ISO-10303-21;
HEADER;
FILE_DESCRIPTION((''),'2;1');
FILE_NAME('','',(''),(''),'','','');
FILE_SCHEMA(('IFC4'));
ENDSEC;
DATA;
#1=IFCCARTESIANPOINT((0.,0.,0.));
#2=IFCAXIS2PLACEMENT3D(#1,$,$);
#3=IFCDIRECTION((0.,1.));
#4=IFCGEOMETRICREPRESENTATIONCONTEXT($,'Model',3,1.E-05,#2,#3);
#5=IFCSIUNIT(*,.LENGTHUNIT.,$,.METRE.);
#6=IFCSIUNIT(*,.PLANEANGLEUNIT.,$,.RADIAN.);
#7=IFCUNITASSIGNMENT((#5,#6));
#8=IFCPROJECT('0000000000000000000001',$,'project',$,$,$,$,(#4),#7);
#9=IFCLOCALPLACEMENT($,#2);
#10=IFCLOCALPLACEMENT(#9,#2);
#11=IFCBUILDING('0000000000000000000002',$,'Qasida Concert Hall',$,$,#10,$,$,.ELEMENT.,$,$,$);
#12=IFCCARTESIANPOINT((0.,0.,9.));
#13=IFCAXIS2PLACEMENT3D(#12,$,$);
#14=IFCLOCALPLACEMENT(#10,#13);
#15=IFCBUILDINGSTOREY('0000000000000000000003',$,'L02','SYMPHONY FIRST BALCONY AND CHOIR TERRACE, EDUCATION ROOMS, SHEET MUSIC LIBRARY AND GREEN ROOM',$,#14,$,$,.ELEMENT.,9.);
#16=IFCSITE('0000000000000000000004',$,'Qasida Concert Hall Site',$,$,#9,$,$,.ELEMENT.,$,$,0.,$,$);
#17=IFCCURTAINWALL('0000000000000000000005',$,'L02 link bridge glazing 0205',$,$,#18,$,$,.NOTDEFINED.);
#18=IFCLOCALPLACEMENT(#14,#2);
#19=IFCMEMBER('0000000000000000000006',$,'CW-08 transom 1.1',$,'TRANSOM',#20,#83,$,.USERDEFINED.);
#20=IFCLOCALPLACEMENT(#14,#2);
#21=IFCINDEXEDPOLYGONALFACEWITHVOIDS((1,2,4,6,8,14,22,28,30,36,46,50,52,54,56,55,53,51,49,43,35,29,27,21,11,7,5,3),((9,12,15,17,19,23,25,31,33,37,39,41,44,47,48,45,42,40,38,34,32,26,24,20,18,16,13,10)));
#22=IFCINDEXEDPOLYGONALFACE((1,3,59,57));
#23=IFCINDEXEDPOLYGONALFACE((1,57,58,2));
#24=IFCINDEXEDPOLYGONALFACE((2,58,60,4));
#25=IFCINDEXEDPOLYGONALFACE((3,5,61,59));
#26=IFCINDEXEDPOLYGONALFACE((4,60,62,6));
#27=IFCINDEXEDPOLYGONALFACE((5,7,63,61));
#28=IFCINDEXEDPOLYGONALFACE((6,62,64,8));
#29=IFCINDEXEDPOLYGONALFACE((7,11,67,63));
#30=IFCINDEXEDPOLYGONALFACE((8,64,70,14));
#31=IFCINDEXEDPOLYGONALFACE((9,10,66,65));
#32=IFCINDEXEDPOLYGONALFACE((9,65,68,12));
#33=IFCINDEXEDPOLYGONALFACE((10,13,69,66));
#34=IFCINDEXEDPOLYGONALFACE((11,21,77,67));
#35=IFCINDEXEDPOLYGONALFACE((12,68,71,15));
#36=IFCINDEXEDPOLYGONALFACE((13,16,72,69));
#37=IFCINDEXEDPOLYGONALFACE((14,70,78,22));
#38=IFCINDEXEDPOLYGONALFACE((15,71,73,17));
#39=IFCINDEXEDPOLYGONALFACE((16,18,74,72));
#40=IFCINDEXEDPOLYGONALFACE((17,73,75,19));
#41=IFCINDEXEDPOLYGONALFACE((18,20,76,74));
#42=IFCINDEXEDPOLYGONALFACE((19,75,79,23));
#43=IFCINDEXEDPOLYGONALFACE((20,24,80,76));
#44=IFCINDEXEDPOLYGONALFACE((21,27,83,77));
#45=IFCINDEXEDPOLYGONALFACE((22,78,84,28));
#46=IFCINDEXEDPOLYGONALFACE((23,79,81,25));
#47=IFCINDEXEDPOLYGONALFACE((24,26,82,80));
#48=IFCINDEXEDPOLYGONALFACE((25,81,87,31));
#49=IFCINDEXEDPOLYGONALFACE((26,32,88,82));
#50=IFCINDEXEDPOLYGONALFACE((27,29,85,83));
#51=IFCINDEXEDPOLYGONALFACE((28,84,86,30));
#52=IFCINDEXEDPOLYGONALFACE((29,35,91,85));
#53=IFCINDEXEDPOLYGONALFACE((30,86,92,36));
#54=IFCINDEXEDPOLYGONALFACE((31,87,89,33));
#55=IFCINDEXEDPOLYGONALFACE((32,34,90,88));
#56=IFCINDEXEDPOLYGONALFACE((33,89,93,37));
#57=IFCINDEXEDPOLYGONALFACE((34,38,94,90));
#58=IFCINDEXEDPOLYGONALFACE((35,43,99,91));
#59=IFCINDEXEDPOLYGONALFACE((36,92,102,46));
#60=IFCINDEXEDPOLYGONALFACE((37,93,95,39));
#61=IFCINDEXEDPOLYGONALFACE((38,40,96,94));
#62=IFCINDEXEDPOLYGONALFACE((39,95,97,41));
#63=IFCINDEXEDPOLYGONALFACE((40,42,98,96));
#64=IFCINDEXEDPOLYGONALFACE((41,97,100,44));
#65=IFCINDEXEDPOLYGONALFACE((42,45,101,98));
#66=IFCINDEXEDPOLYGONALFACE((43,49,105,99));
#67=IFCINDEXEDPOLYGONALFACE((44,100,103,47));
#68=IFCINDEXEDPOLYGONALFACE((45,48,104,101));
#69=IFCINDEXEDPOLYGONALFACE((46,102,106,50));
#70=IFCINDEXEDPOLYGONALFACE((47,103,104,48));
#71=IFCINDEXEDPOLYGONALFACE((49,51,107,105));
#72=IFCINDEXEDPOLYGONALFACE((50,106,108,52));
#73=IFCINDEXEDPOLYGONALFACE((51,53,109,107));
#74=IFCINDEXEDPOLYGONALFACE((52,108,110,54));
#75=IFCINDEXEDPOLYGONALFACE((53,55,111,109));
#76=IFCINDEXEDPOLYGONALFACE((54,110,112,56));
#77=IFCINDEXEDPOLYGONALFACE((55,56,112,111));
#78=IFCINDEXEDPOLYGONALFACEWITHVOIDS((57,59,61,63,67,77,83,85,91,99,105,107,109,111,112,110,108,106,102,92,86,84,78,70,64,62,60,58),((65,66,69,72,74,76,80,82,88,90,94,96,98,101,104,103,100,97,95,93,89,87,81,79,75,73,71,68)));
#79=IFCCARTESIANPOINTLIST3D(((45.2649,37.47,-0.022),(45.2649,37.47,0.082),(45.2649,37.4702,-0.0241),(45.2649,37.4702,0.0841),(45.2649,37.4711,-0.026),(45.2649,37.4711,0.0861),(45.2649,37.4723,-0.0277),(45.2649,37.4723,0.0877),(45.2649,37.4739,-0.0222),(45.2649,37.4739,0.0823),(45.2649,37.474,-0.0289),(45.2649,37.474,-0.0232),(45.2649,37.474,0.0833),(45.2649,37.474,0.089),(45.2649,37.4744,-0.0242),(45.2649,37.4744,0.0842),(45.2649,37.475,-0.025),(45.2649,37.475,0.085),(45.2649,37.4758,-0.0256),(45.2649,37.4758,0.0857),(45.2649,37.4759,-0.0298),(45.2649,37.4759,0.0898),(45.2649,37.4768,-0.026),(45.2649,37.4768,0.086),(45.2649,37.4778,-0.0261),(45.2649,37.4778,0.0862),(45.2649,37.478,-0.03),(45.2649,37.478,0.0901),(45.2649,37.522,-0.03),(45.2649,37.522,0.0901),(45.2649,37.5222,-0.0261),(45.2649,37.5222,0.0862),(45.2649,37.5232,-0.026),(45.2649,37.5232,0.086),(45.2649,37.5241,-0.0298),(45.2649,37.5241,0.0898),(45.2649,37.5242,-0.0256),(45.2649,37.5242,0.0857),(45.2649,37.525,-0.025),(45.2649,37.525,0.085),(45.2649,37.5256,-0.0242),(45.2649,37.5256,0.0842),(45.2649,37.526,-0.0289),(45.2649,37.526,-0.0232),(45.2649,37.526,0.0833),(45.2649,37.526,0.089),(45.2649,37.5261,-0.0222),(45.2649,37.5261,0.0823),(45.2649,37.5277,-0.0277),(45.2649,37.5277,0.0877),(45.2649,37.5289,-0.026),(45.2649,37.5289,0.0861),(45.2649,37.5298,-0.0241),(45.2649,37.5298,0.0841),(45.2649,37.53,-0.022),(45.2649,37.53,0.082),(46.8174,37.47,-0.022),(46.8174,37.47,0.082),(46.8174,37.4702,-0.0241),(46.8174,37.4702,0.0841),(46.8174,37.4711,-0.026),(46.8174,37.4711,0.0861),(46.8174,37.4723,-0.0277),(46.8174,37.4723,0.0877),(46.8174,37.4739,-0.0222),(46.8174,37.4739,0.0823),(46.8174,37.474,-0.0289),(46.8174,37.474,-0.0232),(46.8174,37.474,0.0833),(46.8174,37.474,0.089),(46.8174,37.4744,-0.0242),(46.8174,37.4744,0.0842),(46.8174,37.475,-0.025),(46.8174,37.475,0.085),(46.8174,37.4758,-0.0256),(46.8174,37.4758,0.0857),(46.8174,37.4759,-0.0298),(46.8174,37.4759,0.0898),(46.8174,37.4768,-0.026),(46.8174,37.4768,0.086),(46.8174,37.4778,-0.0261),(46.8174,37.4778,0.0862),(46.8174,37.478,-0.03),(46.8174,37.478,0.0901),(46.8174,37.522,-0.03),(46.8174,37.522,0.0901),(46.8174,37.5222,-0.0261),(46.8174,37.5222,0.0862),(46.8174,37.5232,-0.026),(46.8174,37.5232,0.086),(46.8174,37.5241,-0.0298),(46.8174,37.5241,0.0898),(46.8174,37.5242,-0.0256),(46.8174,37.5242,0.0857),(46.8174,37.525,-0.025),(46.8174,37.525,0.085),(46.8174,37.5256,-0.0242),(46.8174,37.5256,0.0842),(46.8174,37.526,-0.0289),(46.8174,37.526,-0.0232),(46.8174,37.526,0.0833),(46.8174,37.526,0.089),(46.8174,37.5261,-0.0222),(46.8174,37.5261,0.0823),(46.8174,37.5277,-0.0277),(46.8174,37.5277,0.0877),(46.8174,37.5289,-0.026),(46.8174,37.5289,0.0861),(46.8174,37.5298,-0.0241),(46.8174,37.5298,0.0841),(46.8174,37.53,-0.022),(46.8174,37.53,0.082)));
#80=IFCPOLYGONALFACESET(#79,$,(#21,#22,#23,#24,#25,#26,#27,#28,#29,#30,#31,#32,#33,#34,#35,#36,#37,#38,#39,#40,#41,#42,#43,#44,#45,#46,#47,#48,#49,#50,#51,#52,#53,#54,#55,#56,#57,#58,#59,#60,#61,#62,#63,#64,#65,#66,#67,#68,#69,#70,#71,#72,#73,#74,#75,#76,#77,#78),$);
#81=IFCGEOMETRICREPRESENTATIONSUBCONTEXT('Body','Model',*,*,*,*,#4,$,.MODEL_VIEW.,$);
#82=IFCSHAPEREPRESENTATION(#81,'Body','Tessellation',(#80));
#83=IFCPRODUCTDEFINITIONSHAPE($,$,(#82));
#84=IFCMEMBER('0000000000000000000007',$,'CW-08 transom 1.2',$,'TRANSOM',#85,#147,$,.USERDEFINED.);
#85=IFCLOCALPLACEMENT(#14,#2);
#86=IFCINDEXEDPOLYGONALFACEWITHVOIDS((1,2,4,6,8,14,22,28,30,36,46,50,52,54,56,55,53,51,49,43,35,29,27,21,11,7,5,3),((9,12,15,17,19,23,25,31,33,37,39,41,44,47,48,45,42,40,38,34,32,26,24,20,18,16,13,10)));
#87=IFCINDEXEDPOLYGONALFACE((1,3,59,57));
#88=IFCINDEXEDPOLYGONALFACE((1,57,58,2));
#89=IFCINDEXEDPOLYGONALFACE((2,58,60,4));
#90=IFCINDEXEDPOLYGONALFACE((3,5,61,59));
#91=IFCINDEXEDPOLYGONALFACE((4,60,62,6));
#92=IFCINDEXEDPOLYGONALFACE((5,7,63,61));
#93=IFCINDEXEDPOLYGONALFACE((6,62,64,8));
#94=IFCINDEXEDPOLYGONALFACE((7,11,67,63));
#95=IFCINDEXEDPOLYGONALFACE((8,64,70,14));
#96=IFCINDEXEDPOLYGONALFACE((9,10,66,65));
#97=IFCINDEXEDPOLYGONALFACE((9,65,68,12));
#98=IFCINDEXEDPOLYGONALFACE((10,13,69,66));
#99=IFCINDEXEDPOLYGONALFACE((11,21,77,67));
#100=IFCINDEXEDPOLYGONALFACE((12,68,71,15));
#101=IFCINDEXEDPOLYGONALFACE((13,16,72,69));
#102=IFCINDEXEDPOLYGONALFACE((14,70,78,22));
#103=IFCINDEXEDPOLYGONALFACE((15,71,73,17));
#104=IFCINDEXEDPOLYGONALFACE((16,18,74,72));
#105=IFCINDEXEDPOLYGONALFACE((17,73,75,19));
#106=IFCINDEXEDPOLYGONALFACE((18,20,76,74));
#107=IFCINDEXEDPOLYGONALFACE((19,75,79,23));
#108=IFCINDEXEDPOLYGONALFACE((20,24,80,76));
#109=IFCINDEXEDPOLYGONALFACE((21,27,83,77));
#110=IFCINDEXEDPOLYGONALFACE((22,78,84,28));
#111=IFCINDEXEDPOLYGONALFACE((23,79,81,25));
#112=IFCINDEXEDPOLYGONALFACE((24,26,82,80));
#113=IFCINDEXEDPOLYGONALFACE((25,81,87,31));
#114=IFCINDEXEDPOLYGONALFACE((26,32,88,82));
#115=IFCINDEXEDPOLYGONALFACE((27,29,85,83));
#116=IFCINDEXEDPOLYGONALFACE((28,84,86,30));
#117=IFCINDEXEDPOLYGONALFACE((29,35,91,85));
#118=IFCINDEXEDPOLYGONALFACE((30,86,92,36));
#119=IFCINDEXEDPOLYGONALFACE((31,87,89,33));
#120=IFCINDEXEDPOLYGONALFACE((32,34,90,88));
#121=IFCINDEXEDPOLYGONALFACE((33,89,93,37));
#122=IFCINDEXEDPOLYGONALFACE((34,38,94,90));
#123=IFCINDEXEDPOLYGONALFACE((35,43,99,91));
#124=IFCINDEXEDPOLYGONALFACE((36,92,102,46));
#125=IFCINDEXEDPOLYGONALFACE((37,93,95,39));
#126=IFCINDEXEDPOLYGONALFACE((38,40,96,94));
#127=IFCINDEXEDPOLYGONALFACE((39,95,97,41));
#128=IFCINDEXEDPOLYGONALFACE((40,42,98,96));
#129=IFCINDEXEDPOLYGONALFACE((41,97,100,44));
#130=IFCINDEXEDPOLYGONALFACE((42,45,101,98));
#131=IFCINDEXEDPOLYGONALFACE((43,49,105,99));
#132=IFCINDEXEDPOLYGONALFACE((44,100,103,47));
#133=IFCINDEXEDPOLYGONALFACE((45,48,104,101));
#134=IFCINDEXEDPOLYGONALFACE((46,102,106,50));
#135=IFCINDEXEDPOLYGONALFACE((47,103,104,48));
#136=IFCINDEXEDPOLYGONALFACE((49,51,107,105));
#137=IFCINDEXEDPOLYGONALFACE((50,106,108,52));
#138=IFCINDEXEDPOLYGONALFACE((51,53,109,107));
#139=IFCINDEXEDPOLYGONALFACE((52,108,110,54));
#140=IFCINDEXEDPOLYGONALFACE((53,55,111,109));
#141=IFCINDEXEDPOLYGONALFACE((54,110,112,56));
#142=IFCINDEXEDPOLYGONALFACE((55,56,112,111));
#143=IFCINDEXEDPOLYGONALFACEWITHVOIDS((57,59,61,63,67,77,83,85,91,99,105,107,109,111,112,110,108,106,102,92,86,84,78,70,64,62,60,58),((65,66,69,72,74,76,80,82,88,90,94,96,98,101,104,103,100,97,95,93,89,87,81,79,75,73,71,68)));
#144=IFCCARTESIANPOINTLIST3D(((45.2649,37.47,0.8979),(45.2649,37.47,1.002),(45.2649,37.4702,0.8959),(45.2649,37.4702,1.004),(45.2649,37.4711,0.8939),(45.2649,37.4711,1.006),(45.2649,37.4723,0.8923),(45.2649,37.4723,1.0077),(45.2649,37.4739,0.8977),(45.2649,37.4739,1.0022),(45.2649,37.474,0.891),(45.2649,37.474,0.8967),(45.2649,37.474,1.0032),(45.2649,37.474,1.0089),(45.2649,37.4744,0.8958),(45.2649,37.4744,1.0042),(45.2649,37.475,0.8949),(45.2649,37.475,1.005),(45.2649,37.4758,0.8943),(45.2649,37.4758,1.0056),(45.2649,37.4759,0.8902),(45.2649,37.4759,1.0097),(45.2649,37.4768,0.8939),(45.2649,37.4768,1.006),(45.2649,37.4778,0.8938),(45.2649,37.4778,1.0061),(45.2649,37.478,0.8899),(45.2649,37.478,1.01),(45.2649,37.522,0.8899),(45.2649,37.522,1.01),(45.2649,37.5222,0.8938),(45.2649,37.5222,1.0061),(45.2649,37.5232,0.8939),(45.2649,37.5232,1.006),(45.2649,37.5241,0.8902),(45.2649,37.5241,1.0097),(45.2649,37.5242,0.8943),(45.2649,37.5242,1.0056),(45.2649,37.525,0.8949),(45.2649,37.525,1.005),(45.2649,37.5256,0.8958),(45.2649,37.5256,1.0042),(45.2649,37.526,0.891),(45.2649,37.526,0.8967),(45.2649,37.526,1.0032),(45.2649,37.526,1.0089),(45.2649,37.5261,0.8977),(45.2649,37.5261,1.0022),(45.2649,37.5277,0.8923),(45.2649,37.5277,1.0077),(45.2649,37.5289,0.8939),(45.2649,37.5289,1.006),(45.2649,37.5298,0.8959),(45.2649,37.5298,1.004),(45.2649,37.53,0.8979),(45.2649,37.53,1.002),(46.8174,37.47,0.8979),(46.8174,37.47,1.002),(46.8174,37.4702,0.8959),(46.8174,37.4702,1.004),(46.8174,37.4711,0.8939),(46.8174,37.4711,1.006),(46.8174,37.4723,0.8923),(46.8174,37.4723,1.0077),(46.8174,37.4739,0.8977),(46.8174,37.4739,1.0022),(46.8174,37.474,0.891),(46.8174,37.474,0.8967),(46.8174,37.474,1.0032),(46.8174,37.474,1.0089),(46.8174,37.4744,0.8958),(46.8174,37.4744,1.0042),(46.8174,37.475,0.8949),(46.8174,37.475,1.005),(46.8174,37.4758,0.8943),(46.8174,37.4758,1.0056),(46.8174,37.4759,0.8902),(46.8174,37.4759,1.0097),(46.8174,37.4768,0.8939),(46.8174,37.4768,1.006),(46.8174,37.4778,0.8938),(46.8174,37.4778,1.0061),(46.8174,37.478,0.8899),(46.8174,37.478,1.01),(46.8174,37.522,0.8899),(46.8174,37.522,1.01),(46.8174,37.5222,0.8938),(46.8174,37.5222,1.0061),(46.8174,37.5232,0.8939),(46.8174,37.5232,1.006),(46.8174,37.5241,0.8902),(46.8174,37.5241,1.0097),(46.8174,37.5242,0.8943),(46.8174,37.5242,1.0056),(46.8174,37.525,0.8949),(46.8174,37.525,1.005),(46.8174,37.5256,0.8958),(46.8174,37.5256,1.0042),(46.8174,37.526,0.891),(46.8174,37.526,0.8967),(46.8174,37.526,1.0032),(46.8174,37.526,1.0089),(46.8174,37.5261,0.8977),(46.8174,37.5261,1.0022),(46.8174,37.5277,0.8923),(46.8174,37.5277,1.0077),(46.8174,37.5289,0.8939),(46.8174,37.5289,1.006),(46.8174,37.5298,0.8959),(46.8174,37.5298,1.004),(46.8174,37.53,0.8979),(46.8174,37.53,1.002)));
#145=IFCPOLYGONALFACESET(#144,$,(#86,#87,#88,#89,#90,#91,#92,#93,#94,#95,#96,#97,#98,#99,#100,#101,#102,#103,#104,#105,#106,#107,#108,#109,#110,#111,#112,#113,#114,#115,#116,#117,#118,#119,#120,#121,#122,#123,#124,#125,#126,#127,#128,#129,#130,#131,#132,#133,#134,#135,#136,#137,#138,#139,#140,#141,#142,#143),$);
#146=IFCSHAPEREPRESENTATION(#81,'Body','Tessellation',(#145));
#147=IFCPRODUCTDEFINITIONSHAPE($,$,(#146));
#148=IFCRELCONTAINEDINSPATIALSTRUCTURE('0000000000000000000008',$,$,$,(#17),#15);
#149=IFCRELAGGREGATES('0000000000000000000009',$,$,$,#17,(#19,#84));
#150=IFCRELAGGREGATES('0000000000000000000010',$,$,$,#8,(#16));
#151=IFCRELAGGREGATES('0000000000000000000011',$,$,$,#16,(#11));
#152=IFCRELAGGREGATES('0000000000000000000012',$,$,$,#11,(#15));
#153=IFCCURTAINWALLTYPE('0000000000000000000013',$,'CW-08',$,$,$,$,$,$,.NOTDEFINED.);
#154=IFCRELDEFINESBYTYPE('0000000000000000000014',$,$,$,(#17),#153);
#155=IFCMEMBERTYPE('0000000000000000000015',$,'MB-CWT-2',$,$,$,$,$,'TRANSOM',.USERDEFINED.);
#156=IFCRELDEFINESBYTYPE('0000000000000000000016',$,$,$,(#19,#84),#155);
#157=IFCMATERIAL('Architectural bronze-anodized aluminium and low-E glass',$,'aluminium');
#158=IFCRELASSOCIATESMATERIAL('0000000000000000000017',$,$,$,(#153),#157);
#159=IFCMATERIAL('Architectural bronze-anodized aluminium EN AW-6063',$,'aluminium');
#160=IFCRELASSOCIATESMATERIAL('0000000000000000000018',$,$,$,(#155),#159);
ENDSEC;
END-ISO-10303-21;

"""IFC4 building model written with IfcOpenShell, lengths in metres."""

from ifc_helpers import new_model, si_unit, direction, frame, origin, origin_2d, place, context, subcontext, project, spatial, hollow_rectangle, extrude, material, material_profile, profile_set, type_object, element, aggregate, save


model = new_model("IFC4")

# Units and contexts
model_context = context("Model", 3, precision=1e-05, world=origin(), true_north=direction((0.0, 1.0)))
body_context = subcontext(model_context, "Body", "Model", "MODEL_VIEW")
ifc_project = project(units=[si_unit("LENGTHUNIT", "METRE"), si_unit("PLANEANGLEUNIT", "RADIAN")], contexts=[model_context])

# Site, building, storey
site_placement = place(None, origin())
site = spatial("IfcSite", under=ifc_project, at=site_placement, Name="Qasida Concert Hall Site", CompositionType="ELEMENT", RefElevation=0.0)
building_placement = place(site_placement, origin())
building = spatial("IfcBuilding", under=site, at=building_placement, Name="Qasida Concert Hall", CompositionType="ELEMENT")
storey_placement = place(building_placement, frame((0.0, 0.0, 9.0)))
storey = spatial("IfcBuildingStorey", under=building, at=storey_placement, Name="L02", Description="SYMPHONY FIRST BALCONY AND CHOIR TERRACE, EDUCATION ROOMS, SHEET MUSIC LIBRARY AND GREEN ROOM", CompositionType="ELEMENT", Elevation=9.0)

# Shared definitions
ifc_material_1 = material(Name="Architectural bronze-anodized aluminium and low-E glass", Category="aluminium")
curtain_wall_type = type_object("IfcCurtainWallType", Name="CW-08", PredefinedType="NOTDEFINED", material=ifc_material_1)
ifc_material_2 = material(Name="Architectural bronze-anodized aluminium EN AW-6063", Category="aluminium")

# Curtain wall
curtain_wall_1_placement = place(storey_placement, origin())
curtain_wall_1 = element("IfcCurtainWall", 1, at=curtain_wall_1_placement, inside=storey, type_object=curtain_wall_type, Name="L02 link bridge glazing 0205", PredefinedType="NOTDEFINED")

# Members
ifc_material_profile_1 = material_profile(ifc_material_2, hollow_rectangle(XDim=0.0601, YDim=0.1201, WallThickness=0.0039, InnerFilletRadius=0.0039, OuterFilletRadius=0.0081, at=origin_2d()), Name="CWT 120x60x4")
ifc_profile_set_1 = profile_set([ifc_material_profile_1], Name="Architectural bronze-anodized aluminium EN AW-6063")
member_type_1 = type_object("IfcMemberType", Name="MB-CWT-2", ElementType="TRANSOM", PredefinedType="USERDEFINED", material=ifc_profile_set_1)
member_1_placement = place(storey_placement, frame((45.2649, 37.5, 0.03), z_axis=(1.0, 0.0, 0.0), x_axis=(0.0, 1.0, 0.0)))
member_1 = element("IfcMember", 2, at=member_1_placement, type_object=member_type_1, Name="CW-08 transom 1.1", ObjectType="TRANSOM", PredefinedType="USERDEFINED", context=body_context, shape_type="SweptSolid", body=[
    extrude(hollow_rectangle(XDim=0.0601, YDim=0.1201, WallThickness=0.0039, InnerFilletRadius=0.0039, OuterFilletRadius=0.0081, at=origin_2d()), origin(), (0.0, 0.0, 1.0), 1.5525),
])
member_2_placement = place(storey_placement, frame((45.2649, 37.5, 0.95), z_axis=(1.0, 0.0, 0.0), x_axis=(0.0, 1.0, 0.0)))
member_2 = element("IfcMember", 3, at=member_2_placement, type_object=member_type_1, Name="CW-08 transom 1.2", ObjectType="TRANSOM", PredefinedType="USERDEFINED", context=body_context, shape_type="SweptSolid", body=[
    extrude(hollow_rectangle(XDim=0.0601, YDim=0.1201, WallThickness=0.0039, InnerFilletRadius=0.0039, OuterFilletRadius=0.0081, at=origin_2d()), origin(), (0.0, 0.0, 1.0), 1.5525),
])

aggregate(curtain_wall_1, [member_1, member_2])

save(model, "model.ifc")
